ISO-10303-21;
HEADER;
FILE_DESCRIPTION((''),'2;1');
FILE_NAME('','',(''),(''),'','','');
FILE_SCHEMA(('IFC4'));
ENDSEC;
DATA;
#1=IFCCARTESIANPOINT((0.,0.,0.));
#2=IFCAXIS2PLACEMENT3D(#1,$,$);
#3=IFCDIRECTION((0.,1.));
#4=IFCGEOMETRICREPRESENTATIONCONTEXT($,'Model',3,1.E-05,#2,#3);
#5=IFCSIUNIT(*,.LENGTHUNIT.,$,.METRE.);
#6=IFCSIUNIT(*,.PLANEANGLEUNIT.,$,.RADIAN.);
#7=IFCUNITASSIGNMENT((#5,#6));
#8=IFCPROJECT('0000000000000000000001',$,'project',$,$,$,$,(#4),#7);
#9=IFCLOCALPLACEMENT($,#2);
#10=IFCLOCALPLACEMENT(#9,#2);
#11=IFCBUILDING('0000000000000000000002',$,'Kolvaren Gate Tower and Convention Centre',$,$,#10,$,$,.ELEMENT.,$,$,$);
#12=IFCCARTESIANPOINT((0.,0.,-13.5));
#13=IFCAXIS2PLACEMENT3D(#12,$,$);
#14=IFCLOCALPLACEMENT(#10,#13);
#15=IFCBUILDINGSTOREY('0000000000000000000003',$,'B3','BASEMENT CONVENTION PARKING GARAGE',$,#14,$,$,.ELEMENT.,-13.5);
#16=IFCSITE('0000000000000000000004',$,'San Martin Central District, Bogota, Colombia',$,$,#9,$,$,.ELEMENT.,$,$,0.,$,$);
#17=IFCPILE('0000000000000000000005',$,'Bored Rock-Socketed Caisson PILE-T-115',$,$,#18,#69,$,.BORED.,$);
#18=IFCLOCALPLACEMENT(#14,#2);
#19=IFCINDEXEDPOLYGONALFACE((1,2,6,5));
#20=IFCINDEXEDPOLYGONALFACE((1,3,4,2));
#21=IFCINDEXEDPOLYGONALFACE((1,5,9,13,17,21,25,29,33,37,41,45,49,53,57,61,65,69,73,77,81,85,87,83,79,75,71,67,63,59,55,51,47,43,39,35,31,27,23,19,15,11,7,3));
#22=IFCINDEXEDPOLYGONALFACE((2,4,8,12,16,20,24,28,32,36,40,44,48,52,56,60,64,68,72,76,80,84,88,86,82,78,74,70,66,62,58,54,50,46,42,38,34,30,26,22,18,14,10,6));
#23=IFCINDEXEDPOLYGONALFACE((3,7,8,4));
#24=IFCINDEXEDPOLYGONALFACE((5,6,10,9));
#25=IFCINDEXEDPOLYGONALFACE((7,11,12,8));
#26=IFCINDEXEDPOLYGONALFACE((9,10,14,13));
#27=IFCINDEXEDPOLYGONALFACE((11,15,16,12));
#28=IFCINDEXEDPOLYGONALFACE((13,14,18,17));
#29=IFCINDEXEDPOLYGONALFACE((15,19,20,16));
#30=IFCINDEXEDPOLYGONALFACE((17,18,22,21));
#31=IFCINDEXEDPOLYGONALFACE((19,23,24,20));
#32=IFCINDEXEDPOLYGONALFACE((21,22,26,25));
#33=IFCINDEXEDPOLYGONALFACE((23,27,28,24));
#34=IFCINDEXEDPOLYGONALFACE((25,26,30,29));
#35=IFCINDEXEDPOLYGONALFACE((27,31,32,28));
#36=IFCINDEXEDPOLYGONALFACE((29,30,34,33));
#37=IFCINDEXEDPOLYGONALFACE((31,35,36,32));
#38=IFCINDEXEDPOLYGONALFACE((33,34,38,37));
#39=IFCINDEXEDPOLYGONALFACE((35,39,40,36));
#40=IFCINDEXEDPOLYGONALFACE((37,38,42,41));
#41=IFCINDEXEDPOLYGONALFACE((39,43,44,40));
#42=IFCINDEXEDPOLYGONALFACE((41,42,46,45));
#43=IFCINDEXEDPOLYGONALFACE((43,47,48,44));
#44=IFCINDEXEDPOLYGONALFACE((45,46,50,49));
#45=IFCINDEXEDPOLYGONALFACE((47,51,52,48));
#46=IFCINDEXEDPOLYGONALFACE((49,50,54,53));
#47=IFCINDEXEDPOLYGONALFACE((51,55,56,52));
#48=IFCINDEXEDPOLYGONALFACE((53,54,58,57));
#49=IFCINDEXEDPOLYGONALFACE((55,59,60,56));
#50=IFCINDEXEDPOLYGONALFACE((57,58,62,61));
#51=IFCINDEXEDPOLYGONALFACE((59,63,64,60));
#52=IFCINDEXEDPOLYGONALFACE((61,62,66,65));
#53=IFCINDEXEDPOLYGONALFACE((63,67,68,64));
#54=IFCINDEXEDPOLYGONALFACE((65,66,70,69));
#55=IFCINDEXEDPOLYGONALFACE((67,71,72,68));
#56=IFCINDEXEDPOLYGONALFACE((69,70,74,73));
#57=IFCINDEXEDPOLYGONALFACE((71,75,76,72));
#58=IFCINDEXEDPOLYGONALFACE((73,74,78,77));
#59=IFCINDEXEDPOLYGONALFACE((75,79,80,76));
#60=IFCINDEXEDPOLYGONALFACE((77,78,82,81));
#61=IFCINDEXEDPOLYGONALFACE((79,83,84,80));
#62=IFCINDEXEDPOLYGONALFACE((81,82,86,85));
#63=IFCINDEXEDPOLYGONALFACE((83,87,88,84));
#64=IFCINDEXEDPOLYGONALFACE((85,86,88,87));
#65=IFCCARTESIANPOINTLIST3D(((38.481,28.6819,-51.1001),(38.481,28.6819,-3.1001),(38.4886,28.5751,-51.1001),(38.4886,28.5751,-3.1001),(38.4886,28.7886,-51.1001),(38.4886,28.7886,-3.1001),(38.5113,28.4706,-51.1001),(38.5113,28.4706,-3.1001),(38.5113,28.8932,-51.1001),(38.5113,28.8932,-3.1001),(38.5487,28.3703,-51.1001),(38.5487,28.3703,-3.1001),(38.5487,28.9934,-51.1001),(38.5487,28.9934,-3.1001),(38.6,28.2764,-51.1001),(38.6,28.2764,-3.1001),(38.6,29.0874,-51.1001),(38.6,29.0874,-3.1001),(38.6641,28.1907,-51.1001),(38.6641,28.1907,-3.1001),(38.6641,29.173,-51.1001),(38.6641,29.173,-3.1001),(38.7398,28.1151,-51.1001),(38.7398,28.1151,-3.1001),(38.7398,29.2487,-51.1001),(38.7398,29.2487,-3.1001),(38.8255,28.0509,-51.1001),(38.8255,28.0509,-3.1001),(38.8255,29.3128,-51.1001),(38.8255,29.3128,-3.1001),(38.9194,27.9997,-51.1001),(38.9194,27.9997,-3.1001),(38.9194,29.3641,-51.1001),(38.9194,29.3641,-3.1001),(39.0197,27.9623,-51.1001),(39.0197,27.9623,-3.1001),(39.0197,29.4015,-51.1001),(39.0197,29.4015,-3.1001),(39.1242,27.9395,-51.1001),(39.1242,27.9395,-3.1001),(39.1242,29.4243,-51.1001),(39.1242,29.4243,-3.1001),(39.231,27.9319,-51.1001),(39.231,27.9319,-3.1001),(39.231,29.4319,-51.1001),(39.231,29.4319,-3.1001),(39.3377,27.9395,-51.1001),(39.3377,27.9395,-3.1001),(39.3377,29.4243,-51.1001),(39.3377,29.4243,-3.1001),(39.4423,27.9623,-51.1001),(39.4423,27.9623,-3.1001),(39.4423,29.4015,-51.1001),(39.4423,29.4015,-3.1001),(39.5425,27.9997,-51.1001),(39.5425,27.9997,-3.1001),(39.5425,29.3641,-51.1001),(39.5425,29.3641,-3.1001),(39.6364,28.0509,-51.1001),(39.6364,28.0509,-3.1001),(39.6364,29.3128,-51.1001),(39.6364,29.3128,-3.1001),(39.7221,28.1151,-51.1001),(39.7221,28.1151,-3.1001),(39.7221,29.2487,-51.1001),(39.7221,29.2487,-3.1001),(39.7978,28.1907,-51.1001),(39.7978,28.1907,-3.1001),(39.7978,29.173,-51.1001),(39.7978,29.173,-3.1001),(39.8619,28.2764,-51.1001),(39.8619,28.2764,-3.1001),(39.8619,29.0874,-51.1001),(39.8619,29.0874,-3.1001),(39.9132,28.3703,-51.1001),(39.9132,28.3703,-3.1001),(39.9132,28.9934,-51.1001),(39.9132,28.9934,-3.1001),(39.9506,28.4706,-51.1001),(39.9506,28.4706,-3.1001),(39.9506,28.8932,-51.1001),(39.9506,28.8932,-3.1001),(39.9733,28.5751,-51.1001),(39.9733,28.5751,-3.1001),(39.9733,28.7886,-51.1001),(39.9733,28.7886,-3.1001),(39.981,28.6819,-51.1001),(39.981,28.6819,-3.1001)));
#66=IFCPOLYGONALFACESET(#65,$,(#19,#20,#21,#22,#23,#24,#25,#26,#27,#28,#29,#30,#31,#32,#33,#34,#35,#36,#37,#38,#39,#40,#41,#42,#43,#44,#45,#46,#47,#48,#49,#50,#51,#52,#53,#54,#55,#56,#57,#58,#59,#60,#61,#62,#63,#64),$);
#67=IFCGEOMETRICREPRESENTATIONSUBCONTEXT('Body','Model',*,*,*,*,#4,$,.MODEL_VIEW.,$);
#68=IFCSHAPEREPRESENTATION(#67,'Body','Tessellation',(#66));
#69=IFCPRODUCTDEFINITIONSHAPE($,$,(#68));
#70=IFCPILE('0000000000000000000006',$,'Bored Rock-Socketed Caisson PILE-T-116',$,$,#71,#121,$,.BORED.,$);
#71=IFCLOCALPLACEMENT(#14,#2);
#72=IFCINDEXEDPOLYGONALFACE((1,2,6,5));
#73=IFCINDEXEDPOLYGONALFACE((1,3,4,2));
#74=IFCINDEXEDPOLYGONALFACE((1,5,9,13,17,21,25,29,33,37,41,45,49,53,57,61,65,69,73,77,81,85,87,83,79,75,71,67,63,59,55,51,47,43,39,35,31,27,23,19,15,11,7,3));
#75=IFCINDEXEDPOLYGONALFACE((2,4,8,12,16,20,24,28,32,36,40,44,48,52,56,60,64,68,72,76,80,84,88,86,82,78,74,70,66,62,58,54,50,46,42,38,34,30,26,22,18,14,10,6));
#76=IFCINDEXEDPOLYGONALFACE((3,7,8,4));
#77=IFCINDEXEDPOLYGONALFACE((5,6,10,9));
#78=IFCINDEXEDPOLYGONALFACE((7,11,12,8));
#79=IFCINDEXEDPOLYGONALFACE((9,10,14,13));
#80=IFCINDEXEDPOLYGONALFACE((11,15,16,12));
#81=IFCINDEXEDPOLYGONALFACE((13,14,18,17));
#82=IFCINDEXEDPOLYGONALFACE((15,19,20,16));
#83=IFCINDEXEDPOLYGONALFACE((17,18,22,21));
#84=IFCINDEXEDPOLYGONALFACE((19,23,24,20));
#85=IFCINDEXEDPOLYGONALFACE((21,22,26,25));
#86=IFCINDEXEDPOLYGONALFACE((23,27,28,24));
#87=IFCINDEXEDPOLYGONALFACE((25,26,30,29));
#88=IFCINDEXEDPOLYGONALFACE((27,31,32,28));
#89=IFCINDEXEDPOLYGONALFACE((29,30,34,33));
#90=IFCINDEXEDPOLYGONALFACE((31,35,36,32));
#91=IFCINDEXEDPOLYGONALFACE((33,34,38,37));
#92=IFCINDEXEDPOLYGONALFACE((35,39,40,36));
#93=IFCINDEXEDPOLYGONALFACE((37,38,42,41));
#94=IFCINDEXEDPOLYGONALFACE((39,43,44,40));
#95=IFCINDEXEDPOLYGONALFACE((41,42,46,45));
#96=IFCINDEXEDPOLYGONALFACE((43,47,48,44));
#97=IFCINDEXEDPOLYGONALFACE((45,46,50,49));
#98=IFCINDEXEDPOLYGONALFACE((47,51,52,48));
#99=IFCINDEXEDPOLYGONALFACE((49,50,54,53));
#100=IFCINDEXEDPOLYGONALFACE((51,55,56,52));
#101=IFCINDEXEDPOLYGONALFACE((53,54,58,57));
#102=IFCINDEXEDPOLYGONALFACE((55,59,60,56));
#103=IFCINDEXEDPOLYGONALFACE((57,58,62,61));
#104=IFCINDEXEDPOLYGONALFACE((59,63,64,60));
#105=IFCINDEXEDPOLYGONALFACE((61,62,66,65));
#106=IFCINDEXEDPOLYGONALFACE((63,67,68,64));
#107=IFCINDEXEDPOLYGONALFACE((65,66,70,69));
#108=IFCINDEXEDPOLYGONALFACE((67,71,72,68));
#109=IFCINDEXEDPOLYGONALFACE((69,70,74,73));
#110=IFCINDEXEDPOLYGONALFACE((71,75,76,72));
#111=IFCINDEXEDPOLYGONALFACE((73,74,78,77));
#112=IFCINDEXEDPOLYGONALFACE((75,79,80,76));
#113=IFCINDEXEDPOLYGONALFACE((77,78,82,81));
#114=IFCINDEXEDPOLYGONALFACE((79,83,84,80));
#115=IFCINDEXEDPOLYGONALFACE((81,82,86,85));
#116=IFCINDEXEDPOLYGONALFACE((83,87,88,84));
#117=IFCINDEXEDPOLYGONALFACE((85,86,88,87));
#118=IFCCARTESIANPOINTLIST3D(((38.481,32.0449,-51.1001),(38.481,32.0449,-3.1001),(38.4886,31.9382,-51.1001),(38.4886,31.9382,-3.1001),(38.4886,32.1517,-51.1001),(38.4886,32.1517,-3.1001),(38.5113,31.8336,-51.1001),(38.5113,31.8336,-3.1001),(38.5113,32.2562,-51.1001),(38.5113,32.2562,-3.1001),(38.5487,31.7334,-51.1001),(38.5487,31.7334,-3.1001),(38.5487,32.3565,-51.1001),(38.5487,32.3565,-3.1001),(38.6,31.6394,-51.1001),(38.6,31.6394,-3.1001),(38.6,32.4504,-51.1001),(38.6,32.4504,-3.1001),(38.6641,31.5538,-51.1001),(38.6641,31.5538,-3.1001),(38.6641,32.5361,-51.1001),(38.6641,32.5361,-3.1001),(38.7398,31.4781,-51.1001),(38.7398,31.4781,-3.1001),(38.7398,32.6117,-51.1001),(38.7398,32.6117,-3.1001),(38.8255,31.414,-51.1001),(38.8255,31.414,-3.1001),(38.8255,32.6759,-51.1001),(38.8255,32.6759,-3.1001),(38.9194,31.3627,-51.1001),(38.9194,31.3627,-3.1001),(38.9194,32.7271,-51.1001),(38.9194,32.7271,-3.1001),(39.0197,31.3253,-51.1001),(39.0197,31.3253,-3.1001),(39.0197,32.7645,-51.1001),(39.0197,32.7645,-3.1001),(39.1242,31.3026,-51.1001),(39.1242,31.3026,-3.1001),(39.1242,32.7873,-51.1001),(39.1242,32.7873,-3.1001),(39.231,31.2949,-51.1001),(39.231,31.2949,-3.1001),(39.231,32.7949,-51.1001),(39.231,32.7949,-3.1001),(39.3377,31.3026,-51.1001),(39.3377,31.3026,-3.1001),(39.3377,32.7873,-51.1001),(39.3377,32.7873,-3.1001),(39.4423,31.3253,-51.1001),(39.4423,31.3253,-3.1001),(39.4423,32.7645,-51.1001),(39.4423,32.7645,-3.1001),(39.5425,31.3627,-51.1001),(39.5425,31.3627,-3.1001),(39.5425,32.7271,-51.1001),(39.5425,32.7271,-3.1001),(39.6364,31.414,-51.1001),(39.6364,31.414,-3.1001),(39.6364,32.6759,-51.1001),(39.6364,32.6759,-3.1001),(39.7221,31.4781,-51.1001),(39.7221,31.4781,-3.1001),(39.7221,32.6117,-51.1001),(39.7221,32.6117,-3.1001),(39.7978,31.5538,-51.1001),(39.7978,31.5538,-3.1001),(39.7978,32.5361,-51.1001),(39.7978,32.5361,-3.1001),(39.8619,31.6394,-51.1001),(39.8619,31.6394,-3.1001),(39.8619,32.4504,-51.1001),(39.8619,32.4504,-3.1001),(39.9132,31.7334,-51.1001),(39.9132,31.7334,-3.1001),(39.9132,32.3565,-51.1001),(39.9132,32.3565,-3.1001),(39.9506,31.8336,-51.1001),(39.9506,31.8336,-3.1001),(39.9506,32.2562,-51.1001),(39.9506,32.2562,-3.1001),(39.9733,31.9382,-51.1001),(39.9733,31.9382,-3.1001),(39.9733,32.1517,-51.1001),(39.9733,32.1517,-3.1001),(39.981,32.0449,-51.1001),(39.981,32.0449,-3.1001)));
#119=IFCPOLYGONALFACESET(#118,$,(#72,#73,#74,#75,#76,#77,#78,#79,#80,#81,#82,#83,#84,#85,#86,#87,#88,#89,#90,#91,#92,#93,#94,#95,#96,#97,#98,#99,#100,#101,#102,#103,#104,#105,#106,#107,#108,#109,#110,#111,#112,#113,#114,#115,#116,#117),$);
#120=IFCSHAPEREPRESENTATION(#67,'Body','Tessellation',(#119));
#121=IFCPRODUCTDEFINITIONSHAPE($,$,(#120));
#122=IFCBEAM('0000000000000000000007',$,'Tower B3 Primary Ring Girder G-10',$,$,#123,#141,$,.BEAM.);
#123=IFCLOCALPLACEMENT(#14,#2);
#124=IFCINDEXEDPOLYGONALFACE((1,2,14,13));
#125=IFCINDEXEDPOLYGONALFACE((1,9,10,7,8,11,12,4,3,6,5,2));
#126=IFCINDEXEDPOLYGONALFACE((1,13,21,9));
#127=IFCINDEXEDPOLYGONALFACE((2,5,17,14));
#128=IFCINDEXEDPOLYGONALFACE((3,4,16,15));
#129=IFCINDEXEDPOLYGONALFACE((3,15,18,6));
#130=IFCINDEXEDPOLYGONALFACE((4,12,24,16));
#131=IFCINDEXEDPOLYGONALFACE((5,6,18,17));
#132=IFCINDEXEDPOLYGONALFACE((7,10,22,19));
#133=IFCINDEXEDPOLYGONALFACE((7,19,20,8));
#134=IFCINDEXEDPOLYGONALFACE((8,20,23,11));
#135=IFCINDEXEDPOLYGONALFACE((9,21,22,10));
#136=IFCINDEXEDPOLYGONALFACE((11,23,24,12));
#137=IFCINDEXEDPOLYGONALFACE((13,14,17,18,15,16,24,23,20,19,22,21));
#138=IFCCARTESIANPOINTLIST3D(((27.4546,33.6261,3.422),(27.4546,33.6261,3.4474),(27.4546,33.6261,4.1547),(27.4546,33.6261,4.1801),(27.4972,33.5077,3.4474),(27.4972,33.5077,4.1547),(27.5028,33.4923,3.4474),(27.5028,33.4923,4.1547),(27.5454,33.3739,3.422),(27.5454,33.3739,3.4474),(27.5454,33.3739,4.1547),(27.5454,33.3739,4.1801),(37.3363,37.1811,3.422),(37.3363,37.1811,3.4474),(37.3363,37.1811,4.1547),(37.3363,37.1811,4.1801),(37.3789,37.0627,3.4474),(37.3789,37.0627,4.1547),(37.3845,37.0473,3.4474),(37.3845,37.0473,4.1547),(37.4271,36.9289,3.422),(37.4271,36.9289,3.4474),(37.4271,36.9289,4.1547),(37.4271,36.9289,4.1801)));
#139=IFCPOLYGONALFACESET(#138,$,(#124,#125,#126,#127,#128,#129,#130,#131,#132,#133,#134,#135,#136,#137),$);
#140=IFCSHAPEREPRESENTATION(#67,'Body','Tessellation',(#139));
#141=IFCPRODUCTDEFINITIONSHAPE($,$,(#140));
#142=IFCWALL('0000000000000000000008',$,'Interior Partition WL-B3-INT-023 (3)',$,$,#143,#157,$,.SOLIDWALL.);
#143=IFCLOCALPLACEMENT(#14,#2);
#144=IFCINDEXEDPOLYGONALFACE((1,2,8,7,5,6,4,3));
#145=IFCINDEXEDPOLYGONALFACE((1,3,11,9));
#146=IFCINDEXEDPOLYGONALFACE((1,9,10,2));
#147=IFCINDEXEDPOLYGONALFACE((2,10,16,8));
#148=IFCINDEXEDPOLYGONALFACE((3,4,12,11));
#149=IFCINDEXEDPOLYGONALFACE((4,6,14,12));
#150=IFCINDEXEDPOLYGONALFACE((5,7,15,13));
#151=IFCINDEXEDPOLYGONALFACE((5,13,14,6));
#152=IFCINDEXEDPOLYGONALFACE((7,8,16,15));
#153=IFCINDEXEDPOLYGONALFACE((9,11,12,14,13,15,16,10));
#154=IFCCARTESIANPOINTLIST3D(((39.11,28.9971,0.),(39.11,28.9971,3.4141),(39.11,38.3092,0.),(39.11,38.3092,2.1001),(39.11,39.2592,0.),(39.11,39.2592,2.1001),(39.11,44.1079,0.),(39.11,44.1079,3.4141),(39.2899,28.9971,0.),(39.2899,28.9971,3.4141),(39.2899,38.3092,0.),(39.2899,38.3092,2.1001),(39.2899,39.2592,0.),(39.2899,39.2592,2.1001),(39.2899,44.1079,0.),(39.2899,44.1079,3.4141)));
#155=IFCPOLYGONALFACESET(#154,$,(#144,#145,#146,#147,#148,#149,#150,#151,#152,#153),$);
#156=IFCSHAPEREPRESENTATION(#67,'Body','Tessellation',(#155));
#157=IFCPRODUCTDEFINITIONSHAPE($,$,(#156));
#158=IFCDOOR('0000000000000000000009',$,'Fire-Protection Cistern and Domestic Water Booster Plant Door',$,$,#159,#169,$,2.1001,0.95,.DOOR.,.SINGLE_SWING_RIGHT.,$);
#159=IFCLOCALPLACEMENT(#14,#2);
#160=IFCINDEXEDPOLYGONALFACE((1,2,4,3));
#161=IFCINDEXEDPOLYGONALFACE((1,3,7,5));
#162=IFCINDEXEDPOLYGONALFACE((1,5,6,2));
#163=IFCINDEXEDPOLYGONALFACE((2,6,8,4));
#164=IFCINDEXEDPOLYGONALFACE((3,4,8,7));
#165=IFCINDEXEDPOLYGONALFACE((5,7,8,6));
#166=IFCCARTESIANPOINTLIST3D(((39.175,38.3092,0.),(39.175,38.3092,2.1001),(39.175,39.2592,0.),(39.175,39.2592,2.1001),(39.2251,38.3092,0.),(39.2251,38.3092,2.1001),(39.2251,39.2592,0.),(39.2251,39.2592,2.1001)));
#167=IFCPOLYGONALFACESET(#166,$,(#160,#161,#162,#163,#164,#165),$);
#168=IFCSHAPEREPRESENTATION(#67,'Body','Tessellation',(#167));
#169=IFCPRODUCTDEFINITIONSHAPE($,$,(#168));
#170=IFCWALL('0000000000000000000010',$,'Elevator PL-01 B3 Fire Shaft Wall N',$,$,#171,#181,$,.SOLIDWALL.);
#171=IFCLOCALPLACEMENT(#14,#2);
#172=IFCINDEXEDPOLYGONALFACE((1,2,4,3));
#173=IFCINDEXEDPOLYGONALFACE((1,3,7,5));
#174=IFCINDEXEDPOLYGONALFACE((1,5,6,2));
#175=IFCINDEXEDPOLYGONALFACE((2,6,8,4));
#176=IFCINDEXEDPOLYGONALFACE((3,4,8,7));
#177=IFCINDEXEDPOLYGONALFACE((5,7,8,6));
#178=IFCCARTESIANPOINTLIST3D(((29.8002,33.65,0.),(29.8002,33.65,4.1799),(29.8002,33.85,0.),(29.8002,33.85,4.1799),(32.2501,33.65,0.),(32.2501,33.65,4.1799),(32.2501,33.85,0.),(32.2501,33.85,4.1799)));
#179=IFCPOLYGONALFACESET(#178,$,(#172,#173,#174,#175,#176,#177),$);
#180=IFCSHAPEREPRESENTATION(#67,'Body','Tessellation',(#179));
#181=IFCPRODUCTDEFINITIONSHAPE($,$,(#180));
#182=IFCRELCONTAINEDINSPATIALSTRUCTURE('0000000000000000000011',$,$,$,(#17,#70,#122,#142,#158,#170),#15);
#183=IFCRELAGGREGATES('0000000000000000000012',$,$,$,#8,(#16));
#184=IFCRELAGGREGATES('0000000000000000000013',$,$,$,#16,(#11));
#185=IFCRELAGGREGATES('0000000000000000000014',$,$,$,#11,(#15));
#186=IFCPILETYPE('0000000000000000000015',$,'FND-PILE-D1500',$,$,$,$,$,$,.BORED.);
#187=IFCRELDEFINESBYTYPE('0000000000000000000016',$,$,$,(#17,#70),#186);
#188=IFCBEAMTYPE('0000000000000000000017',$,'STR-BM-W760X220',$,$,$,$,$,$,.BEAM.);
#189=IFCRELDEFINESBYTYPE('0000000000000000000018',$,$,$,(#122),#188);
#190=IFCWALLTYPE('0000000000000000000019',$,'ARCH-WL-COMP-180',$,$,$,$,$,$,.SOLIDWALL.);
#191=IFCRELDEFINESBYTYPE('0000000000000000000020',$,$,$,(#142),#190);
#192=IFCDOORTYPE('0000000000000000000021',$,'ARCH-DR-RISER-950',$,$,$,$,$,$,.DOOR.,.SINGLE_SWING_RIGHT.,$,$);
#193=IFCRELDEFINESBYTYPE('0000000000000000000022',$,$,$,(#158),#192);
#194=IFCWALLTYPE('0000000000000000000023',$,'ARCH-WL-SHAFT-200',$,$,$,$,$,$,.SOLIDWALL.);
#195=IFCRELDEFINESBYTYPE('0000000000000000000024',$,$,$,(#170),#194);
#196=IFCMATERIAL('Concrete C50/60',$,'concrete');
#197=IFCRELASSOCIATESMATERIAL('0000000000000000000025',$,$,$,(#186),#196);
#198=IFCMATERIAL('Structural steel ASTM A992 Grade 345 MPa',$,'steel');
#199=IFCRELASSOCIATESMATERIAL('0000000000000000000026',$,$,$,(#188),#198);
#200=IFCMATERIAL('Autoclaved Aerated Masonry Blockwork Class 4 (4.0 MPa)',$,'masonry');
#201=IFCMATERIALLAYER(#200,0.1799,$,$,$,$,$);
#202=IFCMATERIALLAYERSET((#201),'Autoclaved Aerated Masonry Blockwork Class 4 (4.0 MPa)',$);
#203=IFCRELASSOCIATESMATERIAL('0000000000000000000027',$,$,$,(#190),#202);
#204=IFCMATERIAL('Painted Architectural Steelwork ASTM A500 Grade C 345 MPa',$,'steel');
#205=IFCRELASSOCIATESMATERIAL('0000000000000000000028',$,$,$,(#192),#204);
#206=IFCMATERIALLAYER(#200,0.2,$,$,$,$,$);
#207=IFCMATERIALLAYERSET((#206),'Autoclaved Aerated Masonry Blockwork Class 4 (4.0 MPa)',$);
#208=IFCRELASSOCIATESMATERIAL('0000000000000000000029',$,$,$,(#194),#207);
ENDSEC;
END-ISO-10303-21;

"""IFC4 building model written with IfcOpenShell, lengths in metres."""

from ifc_helpers import new_model, si_unit, direction, frame, frame_2d, origin, origin_2d, place, context, subcontext, project, spatial, rectangle, circle, i_section, extrude, material, layer, layer_set, material_profile, profile_set, type_object, element, fill, save


model = new_model("IFC4")

# Units and contexts
model_context = context("Model", 3, precision=1e-05, world=origin(), true_north=direction((0.0, 1.0)))
body_context = subcontext(model_context, "Body", "Model", "MODEL_VIEW")
ifc_project = project(units=[si_unit("LENGTHUNIT", "METRE"), si_unit("PLANEANGLEUNIT", "RADIAN")], contexts=[model_context])

# Site, building, storey
site_placement = place(None, origin())
site = spatial("IfcSite", under=ifc_project, at=site_placement, Name="San Martin Central District, Bogota, Colombia", CompositionType="ELEMENT", RefElevation=0.0)
building_placement = place(site_placement, origin())
building = spatial("IfcBuilding", under=site, at=building_placement, Name="Kolvaren Gate Tower and Convention Centre", CompositionType="ELEMENT")
storey_placement = place(building_placement, frame((0.0, 0.0, -13.5)))
storey = spatial("IfcBuildingStorey", under=building, at=storey_placement, Name="B3", Description="BASEMENT CONVENTION PARKING GARAGE", CompositionType="ELEMENT", Elevation=-13.5)

# Piles
ifc_material_1 = material(Name="Concrete C50/60", Category="concrete")
ifc_material_profile_1 = material_profile(ifc_material_1, circle(Radius=0.75, at=origin_2d()), Name="CAISSON-D1500")
ifc_profile_set_1 = profile_set([ifc_material_profile_1], Name="Concrete C50/60")
pile_type = type_object("IfcPileType", Name="FND-PILE-D1500", PredefinedType="BORED", material=ifc_profile_set_1)
for number, where, z_axis, x_axis, name in (
    (1, (39.231, 28.6819, -3.1001), (0.0, 0.0, -1.0), (1.0, 0.0, 0.0), "Bored Rock-Socketed Caisson PILE-T-115"),
    (2, (39.231, 32.0449, -3.1001), (0.0, 0.0, -1.0), (1.0, 0.0, 0.0), "Bored Rock-Socketed Caisson PILE-T-116"),
):
    element("IfcPile", number, at=place(storey_placement, frame(where, z_axis=z_axis, x_axis=x_axis)), inside=storey, type_object=pile_type, Name=name, PredefinedType="BORED", context=body_context, shape_type="SweptSolid", body=[
        extrude(circle(Radius=0.75, at=origin_2d()), origin(), (0.0, 0.0, 1.0), 48.0),
    ])

# Beam
ifc_material_2 = material(Name="Structural steel ASTM A992 Grade 345 MPa", Category="steel")
ifc_material_profile_2 = material_profile(ifc_material_2, i_section(OverallWidth=0.2681, OverallDepth=0.7581, WebThickness=0.0164, FlangeThickness=0.0254, at=origin_2d()), Name="W760X220")
ifc_profile_set_2 = profile_set([ifc_material_profile_2], Name="Structural steel ASTM A992 Grade 345 MPa")
beam_type = type_object("IfcBeamType", Name="STR-BM-W760X220", PredefinedType="BEAM", material=ifc_profile_set_2)
beam_placement = place(storey_placement, frame((27.5, 33.5, 3.801), z_axis=(0.940961, 0.338514, 0.0), x_axis=(-0.338514, 0.940961, 0.0)))
element("IfcBeam", 3, at=beam_placement, inside=storey, type_object=beam_type, Name="Tower B3 Primary Ring Girder G-10", PredefinedType="BEAM", context=body_context, shape_type="SweptSolid", body=[
    extrude(i_section(OverallWidth=0.2681, OverallDepth=0.7581, WebThickness=0.0164, FlangeThickness=0.0254, at=origin_2d()), origin(), (0.0, 0.0, 1.0), 10.5017),
])

# Wall, opening, door
ifc_material_3 = material(Name="Autoclaved Aerated Masonry Blockwork Class 4 (4.0 MPa)", Category="masonry")
ifc_layer_1 = layer(ifc_material_3, 0.1799)
ifc_layer_set_1 = layer_set([ifc_layer_1], Name="Autoclaved Aerated Masonry Blockwork Class 4 (4.0 MPa)")
wall_type_1 = type_object("IfcWallType", Name="ARCH-WL-COMP-180", PredefinedType="SOLIDWALL", material=ifc_layer_set_1)
wall_1_placement = place(storey_placement, frame((39.2, 28.9971, 0.0), z_axis=(0.0, 0.0, 1.0), x_axis=(0.0, 1.0, 0.0)))
wall_1 = element("IfcWall", 4, at=wall_1_placement, inside=storey, type_object=wall_type_1, Name="Interior Partition WL-B3-INT-023 (3)", PredefinedType="SOLIDWALL", context=body_context, shape_type="SweptSolid", body=[
    extrude(rectangle(XDim=15.1108, YDim=0.1799, at=frame_2d((7.5554, 0.0))), origin(), (0.0, 0.0, 1.0), 3.4141),
])
opening_1_placement = place(wall_1_placement, frame((9.312, 0.0, 0.0)))
opening_1 = element("IfcOpeningElement", 5, at=opening_1_placement, cuts=wall_1, PredefinedType="OPENING", context=body_context, shape_type="SweptSolid", body=[
    extrude(rectangle(XDim=0.95, YDim=2.1001, at=frame_2d((0.4751, 1.05))), frame((0.0, 0.0999, 0.0), z_axis=(0.0, -1.0, 0.0), x_axis=(1.0, 0.0, 0.0)), (0.0, 0.0, 1.0), 0.2),
])
ifc_material_4 = material(Name="Painted Architectural Steelwork ASTM A500 Grade C 345 MPa", Category="steel")
door_type_1 = type_object("IfcDoorType", Name="ARCH-DR-RISER-950", OperationType="SINGLE_SWING_RIGHT", PredefinedType="DOOR", material=ifc_material_4)
door_1_placement = place(opening_1_placement, origin())
door_1 = element("IfcDoor", 6, at=door_1_placement, inside=storey, type_object=door_type_1, Name="Fire-Protection Cistern and Domestic Water Booster Plant Door", OperationType="SINGLE_SWING_RIGHT", OverallHeight=2.1001, OverallWidth=0.95, PredefinedType="DOOR", context=body_context, shape_type="SweptSolid", body=[
    extrude(rectangle(XDim=0.95, YDim=2.1001, at=frame_2d((0.4751, 1.05))), frame((0.0, 0.0249, 0.0), z_axis=(0.0, -1.0, 0.0), x_axis=(1.0, 0.0, 0.0)), (0.0, 0.0, 1.0), 0.05),
])
fill(opening_1, door_1)

# Wall
ifc_layer_2 = layer(ifc_material_3, 0.2)
ifc_layer_set_2 = layer_set([ifc_layer_2], Name="Autoclaved Aerated Masonry Blockwork Class 4 (4.0 MPa)")
wall_type_2 = type_object("IfcWallType", Name="ARCH-WL-SHAFT-200", PredefinedType="SOLIDWALL", material=ifc_layer_set_2)
wall_2_placement = place(storey_placement, frame((29.8, 33.75, 0.0), z_axis=(0.0, 0.0, 1.0), x_axis=(1.0, 0.0, 0.0)))
element("IfcWall", 7, at=wall_2_placement, inside=storey, type_object=wall_type_2, Name="Elevator PL-01 B3 Fire Shaft Wall N", PredefinedType="SOLIDWALL", context=body_context, shape_type="SweptSolid", body=[
    extrude(rectangle(XDim=2.45, YDim=0.2, at=frame_2d((1.2251, 0.0))), origin(), (0.0, 0.0, 1.0), 4.1799),
])

save(model, "model.ifc")
